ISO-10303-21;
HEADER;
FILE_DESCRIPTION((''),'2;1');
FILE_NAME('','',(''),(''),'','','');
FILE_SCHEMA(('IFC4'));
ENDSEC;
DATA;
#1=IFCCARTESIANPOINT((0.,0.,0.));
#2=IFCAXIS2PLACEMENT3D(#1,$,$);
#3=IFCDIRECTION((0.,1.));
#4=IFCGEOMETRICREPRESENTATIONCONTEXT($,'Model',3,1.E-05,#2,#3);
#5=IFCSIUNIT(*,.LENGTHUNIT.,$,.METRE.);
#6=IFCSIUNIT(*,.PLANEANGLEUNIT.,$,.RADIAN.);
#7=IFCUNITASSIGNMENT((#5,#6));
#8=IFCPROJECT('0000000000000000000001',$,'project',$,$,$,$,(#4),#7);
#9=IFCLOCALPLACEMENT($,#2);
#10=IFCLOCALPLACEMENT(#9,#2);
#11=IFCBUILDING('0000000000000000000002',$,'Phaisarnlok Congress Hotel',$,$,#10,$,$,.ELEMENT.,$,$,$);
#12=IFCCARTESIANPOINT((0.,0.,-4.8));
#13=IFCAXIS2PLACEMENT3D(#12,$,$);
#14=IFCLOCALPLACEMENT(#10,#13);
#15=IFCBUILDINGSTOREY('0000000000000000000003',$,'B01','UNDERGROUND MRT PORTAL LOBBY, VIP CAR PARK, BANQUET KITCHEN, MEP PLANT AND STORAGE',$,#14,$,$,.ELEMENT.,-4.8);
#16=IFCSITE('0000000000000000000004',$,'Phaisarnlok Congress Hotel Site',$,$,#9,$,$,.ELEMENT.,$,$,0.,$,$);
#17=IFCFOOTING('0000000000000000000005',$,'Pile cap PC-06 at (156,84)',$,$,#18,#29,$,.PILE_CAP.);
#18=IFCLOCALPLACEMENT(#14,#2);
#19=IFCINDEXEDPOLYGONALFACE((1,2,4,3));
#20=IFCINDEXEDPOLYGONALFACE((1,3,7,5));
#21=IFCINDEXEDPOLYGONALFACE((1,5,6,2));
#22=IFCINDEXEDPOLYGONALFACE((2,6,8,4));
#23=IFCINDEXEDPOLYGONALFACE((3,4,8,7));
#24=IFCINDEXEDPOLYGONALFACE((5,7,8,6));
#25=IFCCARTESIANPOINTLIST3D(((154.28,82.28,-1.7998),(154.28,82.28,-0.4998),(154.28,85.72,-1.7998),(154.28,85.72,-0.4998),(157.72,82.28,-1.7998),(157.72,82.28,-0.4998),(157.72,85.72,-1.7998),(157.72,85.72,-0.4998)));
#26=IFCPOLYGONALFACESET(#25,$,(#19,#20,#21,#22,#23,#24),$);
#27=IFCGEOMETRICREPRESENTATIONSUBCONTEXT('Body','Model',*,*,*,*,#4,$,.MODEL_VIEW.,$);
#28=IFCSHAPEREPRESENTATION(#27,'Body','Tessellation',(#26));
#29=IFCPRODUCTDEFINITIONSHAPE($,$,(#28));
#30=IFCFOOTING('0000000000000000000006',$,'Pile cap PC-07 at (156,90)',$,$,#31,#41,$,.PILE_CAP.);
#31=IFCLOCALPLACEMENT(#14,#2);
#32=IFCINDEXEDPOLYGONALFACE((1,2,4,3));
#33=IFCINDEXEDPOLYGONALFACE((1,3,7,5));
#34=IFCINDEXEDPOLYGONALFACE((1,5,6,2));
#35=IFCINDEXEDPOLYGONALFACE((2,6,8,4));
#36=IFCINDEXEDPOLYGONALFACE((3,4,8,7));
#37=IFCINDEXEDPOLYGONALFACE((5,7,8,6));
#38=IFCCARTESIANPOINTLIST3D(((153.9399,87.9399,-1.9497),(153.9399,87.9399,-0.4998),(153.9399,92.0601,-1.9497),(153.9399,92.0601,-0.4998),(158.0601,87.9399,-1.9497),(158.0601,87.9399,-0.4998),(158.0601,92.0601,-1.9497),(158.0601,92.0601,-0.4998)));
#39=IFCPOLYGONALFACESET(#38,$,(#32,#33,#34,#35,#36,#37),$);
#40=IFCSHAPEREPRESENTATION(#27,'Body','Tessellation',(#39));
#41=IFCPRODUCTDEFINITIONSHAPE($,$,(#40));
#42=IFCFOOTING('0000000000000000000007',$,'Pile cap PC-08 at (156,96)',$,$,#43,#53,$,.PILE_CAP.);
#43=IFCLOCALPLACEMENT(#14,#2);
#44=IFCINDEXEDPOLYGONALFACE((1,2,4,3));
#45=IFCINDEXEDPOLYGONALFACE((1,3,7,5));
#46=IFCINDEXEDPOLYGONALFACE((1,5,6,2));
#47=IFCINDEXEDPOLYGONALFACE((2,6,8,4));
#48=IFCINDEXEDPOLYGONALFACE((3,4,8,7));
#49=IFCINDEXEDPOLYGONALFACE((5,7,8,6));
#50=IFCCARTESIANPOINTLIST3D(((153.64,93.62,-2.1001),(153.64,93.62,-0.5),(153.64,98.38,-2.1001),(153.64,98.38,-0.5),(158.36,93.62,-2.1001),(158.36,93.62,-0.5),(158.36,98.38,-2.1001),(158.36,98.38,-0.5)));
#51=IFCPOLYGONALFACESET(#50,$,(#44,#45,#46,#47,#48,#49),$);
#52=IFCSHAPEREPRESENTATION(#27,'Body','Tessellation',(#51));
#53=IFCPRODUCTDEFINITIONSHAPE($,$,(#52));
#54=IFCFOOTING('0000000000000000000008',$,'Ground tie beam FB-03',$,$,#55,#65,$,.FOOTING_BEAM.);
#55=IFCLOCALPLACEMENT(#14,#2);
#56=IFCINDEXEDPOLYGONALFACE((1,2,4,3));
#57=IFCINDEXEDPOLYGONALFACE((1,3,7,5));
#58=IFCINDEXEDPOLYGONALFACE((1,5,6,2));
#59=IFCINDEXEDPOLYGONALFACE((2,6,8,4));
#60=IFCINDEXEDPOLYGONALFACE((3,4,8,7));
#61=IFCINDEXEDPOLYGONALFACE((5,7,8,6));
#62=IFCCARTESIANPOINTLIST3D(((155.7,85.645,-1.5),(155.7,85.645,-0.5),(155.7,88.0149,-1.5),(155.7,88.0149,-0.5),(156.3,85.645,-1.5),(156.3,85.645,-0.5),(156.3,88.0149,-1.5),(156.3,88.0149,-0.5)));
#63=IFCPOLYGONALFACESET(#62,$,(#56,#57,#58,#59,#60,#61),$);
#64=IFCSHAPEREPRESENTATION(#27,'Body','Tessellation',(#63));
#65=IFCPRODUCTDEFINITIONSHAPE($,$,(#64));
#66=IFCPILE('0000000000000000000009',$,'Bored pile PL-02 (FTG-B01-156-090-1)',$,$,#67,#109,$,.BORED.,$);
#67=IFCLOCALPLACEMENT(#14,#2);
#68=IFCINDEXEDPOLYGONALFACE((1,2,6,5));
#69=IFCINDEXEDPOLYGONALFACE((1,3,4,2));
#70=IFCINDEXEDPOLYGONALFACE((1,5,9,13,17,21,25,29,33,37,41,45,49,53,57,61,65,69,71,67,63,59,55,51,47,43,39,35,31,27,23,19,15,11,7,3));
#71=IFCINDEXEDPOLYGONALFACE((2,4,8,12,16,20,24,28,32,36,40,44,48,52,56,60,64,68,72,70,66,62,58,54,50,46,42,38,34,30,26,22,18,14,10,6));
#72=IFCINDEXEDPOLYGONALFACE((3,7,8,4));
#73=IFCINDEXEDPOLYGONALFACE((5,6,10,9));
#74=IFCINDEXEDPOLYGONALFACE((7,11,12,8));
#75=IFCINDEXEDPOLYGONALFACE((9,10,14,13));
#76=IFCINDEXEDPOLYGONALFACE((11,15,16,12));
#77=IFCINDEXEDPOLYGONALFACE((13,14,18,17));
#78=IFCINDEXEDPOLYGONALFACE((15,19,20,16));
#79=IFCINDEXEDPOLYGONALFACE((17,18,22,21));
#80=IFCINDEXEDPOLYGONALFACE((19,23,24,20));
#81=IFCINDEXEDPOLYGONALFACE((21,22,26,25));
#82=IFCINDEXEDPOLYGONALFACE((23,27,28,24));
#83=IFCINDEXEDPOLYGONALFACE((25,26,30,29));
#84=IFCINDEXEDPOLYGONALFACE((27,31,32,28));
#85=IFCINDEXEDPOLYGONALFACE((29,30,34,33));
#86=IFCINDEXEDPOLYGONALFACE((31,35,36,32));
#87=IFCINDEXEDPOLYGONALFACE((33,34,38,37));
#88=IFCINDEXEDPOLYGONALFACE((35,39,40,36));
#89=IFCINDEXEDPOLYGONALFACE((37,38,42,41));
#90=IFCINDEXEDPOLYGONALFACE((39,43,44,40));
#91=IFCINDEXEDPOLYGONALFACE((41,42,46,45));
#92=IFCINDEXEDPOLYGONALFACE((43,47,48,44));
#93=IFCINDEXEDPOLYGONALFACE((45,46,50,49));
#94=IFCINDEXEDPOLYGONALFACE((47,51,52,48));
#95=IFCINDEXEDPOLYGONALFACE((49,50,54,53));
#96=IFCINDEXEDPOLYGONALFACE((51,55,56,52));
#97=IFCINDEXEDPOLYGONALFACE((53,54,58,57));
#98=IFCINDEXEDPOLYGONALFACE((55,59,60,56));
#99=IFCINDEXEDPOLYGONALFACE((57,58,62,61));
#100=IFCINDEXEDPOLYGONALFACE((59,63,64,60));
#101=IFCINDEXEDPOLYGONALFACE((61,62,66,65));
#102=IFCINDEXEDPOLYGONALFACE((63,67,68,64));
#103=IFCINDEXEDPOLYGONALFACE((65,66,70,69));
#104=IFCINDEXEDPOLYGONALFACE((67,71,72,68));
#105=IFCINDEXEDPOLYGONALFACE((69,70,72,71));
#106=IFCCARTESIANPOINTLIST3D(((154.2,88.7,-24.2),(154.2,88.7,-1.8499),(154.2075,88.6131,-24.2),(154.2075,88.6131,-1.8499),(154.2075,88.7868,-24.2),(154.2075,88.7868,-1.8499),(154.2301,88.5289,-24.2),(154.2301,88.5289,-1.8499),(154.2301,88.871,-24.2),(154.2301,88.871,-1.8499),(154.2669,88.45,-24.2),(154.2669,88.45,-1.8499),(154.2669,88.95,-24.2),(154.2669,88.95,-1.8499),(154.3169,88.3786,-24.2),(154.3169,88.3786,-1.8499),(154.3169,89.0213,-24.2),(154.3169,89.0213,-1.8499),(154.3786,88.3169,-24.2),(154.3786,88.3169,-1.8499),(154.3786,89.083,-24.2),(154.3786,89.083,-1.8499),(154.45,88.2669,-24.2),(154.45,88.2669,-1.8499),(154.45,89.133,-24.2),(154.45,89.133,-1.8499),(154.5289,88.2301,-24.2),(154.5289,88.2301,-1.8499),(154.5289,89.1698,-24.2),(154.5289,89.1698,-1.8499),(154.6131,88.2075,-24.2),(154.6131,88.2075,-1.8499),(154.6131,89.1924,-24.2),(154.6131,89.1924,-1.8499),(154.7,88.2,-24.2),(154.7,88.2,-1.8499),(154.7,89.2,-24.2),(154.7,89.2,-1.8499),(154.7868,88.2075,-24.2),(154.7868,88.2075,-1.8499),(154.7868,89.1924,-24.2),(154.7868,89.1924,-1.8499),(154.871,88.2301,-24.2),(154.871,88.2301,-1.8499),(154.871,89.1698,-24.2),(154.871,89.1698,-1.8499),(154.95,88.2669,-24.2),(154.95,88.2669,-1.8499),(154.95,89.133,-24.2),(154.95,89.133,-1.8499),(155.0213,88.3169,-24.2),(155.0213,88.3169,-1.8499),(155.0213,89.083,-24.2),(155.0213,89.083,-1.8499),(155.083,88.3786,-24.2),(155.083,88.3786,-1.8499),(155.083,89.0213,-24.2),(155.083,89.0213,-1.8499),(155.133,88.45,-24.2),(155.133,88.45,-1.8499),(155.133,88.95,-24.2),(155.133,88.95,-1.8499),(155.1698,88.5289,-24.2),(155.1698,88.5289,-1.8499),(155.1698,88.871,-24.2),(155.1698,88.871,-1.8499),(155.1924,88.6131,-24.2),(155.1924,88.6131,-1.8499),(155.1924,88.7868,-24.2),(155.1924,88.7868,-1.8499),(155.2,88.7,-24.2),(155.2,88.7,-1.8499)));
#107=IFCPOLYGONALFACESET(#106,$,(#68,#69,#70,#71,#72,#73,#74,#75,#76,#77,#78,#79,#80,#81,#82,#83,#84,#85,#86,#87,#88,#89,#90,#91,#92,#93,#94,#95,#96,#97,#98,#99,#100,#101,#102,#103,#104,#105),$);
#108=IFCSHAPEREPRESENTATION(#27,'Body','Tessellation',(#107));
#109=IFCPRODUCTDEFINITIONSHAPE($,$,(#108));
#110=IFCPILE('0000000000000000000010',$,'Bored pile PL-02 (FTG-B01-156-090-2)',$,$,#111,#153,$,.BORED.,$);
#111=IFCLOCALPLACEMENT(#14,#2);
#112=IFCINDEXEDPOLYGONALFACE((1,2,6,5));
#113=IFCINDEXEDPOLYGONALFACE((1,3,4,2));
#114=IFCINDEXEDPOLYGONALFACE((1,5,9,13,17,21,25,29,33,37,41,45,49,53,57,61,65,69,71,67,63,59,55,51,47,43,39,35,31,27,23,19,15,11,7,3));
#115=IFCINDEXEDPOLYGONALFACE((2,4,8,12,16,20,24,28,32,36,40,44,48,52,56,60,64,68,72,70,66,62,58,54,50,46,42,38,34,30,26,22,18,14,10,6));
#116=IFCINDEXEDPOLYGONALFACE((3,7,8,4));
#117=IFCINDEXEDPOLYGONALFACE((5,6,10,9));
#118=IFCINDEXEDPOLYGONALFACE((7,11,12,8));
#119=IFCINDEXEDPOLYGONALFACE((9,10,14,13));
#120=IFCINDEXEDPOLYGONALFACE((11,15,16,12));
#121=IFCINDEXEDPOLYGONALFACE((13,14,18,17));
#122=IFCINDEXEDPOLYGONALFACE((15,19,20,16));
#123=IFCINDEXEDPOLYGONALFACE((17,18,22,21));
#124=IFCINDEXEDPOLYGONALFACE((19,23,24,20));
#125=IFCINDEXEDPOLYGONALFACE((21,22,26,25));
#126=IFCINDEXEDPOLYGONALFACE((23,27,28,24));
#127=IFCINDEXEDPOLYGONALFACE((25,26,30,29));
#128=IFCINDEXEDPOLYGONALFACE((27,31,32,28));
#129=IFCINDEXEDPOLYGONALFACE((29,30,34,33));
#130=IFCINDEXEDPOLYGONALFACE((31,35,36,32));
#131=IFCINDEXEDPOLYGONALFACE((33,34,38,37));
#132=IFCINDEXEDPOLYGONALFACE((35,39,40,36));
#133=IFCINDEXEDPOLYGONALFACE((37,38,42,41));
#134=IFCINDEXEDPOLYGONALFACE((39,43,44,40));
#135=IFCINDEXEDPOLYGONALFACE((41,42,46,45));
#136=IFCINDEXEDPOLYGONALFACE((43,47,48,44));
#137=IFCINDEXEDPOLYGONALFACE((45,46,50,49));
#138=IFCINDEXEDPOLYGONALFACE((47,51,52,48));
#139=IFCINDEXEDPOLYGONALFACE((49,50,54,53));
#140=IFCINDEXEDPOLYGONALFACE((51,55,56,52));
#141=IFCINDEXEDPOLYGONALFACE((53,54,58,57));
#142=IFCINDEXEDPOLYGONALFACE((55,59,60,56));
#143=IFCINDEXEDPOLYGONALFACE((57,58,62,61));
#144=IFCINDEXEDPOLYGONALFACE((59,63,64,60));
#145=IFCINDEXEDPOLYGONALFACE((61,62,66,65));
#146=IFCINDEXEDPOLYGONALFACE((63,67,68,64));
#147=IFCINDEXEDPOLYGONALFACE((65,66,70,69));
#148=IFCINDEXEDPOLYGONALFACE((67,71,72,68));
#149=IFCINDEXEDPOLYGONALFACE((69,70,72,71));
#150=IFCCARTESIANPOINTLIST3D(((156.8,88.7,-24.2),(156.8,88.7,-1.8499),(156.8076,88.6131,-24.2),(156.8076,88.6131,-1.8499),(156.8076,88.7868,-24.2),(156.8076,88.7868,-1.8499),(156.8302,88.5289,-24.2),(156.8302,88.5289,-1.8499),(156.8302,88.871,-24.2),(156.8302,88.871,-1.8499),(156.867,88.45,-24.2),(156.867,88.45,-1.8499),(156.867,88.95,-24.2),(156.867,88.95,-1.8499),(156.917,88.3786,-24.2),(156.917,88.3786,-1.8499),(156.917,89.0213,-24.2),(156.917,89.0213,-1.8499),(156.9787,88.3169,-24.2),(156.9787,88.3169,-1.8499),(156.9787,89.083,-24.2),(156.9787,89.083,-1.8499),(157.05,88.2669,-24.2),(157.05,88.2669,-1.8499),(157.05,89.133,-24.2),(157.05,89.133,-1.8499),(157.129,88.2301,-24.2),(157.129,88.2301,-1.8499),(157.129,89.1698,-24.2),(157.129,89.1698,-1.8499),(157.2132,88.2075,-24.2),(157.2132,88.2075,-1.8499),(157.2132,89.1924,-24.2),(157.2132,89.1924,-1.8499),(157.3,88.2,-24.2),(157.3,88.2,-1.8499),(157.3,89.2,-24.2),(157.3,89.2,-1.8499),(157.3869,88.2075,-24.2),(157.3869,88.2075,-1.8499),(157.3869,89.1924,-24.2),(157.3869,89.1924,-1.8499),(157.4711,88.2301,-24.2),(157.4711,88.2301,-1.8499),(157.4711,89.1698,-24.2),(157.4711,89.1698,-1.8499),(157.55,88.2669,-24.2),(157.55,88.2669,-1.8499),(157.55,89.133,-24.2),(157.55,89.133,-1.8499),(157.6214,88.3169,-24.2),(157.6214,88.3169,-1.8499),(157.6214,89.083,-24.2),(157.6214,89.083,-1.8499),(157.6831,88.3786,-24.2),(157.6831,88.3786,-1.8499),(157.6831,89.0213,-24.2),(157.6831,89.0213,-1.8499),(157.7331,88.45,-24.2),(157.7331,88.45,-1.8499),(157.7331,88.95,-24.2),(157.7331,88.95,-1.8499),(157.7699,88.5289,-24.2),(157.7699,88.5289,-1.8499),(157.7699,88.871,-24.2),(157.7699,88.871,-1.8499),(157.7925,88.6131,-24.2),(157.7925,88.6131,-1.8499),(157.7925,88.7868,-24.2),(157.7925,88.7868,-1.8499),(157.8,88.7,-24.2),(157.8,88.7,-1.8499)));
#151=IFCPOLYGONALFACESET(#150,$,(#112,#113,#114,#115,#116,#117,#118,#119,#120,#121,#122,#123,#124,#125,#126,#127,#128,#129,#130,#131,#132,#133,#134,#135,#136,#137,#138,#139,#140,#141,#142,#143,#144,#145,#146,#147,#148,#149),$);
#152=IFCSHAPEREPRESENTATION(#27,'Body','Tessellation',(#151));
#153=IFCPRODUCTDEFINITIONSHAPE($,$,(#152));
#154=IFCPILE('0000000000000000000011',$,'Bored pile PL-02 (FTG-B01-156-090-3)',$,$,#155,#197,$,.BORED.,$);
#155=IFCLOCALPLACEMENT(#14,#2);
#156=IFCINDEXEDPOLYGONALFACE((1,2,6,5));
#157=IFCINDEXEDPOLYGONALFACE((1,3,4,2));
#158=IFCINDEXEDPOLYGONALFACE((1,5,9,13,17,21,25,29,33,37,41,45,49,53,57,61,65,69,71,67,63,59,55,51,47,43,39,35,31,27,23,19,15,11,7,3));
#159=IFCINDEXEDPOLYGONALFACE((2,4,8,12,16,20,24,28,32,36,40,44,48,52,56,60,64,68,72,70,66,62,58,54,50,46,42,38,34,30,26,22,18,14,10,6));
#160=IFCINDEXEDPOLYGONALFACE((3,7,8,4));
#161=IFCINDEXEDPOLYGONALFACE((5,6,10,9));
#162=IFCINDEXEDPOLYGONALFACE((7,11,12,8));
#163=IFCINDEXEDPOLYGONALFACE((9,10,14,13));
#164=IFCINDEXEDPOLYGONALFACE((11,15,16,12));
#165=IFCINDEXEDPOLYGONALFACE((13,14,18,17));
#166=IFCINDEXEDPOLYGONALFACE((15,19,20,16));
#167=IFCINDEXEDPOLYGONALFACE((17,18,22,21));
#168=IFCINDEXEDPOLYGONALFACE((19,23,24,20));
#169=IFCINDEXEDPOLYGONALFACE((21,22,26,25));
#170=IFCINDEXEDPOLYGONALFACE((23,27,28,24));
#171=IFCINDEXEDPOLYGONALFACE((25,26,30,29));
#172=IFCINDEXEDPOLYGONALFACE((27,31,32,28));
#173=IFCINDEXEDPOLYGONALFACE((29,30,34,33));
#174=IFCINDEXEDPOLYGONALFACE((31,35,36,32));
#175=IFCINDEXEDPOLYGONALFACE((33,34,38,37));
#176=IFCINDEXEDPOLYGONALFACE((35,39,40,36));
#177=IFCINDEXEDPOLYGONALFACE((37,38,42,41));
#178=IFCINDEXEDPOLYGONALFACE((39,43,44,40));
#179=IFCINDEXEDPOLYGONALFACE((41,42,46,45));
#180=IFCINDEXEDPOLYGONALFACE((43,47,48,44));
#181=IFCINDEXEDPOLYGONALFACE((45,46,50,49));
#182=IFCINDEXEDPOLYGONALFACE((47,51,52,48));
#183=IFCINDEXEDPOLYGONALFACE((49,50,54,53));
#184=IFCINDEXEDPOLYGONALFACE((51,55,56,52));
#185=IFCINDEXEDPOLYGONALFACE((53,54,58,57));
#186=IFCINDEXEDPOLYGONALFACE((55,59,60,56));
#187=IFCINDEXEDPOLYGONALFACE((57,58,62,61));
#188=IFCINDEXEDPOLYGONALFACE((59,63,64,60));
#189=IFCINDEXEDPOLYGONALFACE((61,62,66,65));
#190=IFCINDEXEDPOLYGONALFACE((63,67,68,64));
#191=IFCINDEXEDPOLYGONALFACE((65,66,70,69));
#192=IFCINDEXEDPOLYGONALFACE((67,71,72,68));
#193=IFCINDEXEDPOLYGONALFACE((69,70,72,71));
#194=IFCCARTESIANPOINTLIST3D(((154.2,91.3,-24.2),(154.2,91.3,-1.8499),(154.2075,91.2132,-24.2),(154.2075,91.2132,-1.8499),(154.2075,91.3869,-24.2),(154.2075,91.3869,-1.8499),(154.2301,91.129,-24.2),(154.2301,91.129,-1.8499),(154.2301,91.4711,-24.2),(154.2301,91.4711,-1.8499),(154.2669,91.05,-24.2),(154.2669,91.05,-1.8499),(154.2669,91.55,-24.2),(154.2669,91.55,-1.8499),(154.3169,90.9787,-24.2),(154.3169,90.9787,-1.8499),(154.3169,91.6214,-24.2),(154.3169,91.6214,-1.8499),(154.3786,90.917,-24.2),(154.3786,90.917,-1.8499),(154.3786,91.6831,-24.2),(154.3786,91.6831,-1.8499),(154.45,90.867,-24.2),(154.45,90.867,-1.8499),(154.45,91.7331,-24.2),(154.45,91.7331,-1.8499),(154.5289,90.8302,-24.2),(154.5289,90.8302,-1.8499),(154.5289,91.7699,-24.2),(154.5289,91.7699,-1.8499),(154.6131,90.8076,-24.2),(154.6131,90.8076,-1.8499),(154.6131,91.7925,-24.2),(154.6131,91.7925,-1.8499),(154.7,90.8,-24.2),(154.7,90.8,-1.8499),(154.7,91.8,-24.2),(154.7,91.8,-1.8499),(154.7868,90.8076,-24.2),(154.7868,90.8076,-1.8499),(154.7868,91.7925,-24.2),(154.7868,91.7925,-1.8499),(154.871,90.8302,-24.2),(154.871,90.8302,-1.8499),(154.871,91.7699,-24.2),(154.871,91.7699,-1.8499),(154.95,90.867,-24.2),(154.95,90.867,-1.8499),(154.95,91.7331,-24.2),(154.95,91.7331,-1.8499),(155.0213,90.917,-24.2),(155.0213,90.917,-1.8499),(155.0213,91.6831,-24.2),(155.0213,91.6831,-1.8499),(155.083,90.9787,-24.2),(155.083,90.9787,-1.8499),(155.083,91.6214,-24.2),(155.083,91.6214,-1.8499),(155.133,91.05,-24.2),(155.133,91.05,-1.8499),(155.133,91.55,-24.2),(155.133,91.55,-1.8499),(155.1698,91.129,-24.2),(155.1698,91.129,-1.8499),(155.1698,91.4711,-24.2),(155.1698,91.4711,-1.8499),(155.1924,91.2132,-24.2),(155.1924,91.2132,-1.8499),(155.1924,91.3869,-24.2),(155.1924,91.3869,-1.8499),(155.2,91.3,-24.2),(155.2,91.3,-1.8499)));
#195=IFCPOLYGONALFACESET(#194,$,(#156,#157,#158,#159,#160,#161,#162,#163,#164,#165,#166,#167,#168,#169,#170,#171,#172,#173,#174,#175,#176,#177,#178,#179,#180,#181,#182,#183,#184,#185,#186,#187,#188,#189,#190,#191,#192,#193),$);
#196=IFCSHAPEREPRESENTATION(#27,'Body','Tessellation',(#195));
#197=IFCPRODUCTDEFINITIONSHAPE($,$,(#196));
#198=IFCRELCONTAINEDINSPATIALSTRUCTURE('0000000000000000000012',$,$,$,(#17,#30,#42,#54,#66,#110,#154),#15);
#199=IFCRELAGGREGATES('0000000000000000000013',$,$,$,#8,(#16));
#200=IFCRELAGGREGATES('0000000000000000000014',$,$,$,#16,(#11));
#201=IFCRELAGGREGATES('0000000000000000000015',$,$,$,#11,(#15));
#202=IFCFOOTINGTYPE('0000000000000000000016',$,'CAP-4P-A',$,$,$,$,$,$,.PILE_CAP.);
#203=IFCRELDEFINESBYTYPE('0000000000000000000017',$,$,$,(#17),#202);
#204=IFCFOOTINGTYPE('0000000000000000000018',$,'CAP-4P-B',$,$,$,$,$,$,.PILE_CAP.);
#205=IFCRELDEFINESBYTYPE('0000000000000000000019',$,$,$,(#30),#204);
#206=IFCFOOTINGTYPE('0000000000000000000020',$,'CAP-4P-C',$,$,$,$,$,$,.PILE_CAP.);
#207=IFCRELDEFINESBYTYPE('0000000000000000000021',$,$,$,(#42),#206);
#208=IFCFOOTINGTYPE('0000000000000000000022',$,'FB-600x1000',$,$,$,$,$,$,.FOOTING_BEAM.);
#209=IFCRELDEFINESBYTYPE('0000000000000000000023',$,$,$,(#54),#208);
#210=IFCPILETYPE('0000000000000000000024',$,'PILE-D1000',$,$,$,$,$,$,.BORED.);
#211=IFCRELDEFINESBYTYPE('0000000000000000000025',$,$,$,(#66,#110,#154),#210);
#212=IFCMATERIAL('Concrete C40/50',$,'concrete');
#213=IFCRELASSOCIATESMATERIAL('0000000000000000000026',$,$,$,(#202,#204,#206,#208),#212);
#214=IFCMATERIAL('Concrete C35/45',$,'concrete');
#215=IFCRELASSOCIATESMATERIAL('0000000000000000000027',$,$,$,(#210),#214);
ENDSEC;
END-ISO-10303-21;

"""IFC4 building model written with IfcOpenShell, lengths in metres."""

from ifc_helpers import new_model, si_unit, direction, frame, origin, origin_2d, place, context, subcontext, project, spatial, rectangle, circle, extrude, material, material_profile, profile_set, type_object, element, save


model = new_model("IFC4")

# Units and contexts
model_context = context("Model", 3, precision=1e-05, world=origin(), true_north=direction((0.0, 1.0)))
body_context = subcontext(model_context, "Body", "Model", "MODEL_VIEW")
ifc_project = project(units=[si_unit("LENGTHUNIT", "METRE"), si_unit("PLANEANGLEUNIT", "RADIAN")], contexts=[model_context])

# Site, building, storey
site_placement = place(None, origin())
site = spatial("IfcSite", under=ifc_project, at=site_placement, Name="Phaisarnlok Congress Hotel Site", CompositionType="ELEMENT", RefElevation=0.0)
building_placement = place(site_placement, origin())
building = spatial("IfcBuilding", under=site, at=building_placement, Name="Phaisarnlok Congress Hotel", CompositionType="ELEMENT")
storey_placement = place(building_placement, frame((0.0, 0.0, -4.8)))
storey = spatial("IfcBuildingStorey", under=building, at=storey_placement, Name="B01", Description="UNDERGROUND MRT PORTAL LOBBY, VIP CAR PARK, BANQUET KITCHEN, MEP PLANT AND STORAGE", CompositionType="ELEMENT", Elevation=-4.8)

# Footings
ifc_material_1 = material(Name="Concrete C40/50", Category="concrete")
footing_type_1 = type_object("IfcFootingType", Name="CAP-4P-A", PredefinedType="PILE_CAP", material=ifc_material_1)
footing_1_placement = place(storey_placement, frame((156.0, 84.0, -1.7998), z_axis=(0.0, 0.0, 1.0), x_axis=(1.0, 0.0, 0.0)))
element("IfcFooting", 1, at=footing_1_placement, inside=storey, type_object=footing_type_1, Name="Pile cap PC-06 at (156,84)", PredefinedType="PILE_CAP", context=body_context, shape_type="SweptSolid", body=[
    extrude(rectangle(XDim=3.4399, YDim=3.4399, at=origin_2d()), origin(), (0.0, 0.0, 1.0), 1.3),
])
footing_type_2 = type_object("IfcFootingType", Name="CAP-4P-B", PredefinedType="PILE_CAP", material=ifc_material_1)
footing_2_placement = place(storey_placement, frame((156.0, 90.0, -1.9497), z_axis=(0.0, 0.0, 1.0), x_axis=(1.0, 0.0, 0.0)))
element("IfcFooting", 2, at=footing_2_placement, inside=storey, type_object=footing_type_2, Name="Pile cap PC-07 at (156,90)", PredefinedType="PILE_CAP", context=body_context, shape_type="SweptSolid", body=[
    extrude(rectangle(XDim=4.1201, YDim=4.1201, at=origin_2d()), origin(), (0.0, 0.0, 1.0), 1.45),
])
footing_type_3 = type_object("IfcFootingType", Name="CAP-4P-C", PredefinedType="PILE_CAP", material=ifc_material_1)
footing_3_placement = place(storey_placement, frame((156.0, 96.0, -2.1001), z_axis=(0.0, 0.0, 1.0), x_axis=(1.0, 0.0, 0.0)))
element("IfcFooting", 3, at=footing_3_placement, inside=storey, type_object=footing_type_3, Name="Pile cap PC-08 at (156,96)", PredefinedType="PILE_CAP", context=body_context, shape_type="SweptSolid", body=[
    extrude(rectangle(XDim=4.72, YDim=4.76, at=origin_2d()), origin(), (0.0, 0.0, 1.0), 1.6001),
])
ifc_material_profile_1 = material_profile(ifc_material_1, rectangle(XDim=0.6001, YDim=1.0, at=origin_2d()), Name="FB-600x1000")
ifc_profile_set_1 = profile_set([ifc_material_profile_1], Name="Concrete C40/50")
footing_type_4 = type_object("IfcFootingType", Name="FB-600x1000", PredefinedType="FOOTING_BEAM", material=ifc_profile_set_1)
footing_4_placement = place(storey_placement, frame((156.0, 85.645, -1.0), z_axis=(0.0, 1.0, 0.0), x_axis=(-1.0, 0.0, 0.0)))
element("IfcFooting", 4, at=footing_4_placement, inside=storey, type_object=footing_type_4, Name="Ground tie beam FB-03", PredefinedType="FOOTING_BEAM", context=body_context, shape_type="SweptSolid", body=[
    extrude(rectangle(XDim=0.6001, YDim=1.0, at=origin_2d()), origin(), (0.0, 0.0, 1.0), 2.3699),
])

# Piles
ifc_material_2 = material(Name="Concrete C35/45", Category="concrete")
ifc_material_profile_2 = material_profile(ifc_material_2, circle(Radius=0.5, at=origin_2d()), Name="BORED PILE D1000")
ifc_profile_set_2 = profile_set([ifc_material_profile_2], Name="Concrete C35/45")
pile_type_1 = type_object("IfcPileType", Name="PILE-D1000", PredefinedType="BORED", material=ifc_profile_set_2)
for number, where, z_axis, x_axis, name in (
    (5, (154.7, 88.7, -1.8499), (0.0, 0.0, -1.0), (1.0, 0.0, 0.0), "Bored pile PL-02 (FTG-B01-156-090-1)"),
    (6, (157.3, 88.7, -1.8499), (0.0, 0.0, -1.0), (1.0, 0.0, 0.0), "Bored pile PL-02 (FTG-B01-156-090-2)"),
    (7, (154.7, 91.3, -1.8499), (0.0, 0.0, -1.0), (1.0, 0.0, 0.0), "Bored pile PL-02 (FTG-B01-156-090-3)"),
):
    element("IfcPile", number, at=place(storey_placement, frame(where, z_axis=z_axis, x_axis=x_axis)), inside=storey, type_object=pile_type_1, Name=name, PredefinedType="BORED", context=body_context, shape_type="SweptSolid", body=[
        extrude(circle(Radius=0.5, at=origin_2d()), origin(), (0.0, 0.0, 1.0), 22.3501),
    ])

save(model, "model.ifc")
